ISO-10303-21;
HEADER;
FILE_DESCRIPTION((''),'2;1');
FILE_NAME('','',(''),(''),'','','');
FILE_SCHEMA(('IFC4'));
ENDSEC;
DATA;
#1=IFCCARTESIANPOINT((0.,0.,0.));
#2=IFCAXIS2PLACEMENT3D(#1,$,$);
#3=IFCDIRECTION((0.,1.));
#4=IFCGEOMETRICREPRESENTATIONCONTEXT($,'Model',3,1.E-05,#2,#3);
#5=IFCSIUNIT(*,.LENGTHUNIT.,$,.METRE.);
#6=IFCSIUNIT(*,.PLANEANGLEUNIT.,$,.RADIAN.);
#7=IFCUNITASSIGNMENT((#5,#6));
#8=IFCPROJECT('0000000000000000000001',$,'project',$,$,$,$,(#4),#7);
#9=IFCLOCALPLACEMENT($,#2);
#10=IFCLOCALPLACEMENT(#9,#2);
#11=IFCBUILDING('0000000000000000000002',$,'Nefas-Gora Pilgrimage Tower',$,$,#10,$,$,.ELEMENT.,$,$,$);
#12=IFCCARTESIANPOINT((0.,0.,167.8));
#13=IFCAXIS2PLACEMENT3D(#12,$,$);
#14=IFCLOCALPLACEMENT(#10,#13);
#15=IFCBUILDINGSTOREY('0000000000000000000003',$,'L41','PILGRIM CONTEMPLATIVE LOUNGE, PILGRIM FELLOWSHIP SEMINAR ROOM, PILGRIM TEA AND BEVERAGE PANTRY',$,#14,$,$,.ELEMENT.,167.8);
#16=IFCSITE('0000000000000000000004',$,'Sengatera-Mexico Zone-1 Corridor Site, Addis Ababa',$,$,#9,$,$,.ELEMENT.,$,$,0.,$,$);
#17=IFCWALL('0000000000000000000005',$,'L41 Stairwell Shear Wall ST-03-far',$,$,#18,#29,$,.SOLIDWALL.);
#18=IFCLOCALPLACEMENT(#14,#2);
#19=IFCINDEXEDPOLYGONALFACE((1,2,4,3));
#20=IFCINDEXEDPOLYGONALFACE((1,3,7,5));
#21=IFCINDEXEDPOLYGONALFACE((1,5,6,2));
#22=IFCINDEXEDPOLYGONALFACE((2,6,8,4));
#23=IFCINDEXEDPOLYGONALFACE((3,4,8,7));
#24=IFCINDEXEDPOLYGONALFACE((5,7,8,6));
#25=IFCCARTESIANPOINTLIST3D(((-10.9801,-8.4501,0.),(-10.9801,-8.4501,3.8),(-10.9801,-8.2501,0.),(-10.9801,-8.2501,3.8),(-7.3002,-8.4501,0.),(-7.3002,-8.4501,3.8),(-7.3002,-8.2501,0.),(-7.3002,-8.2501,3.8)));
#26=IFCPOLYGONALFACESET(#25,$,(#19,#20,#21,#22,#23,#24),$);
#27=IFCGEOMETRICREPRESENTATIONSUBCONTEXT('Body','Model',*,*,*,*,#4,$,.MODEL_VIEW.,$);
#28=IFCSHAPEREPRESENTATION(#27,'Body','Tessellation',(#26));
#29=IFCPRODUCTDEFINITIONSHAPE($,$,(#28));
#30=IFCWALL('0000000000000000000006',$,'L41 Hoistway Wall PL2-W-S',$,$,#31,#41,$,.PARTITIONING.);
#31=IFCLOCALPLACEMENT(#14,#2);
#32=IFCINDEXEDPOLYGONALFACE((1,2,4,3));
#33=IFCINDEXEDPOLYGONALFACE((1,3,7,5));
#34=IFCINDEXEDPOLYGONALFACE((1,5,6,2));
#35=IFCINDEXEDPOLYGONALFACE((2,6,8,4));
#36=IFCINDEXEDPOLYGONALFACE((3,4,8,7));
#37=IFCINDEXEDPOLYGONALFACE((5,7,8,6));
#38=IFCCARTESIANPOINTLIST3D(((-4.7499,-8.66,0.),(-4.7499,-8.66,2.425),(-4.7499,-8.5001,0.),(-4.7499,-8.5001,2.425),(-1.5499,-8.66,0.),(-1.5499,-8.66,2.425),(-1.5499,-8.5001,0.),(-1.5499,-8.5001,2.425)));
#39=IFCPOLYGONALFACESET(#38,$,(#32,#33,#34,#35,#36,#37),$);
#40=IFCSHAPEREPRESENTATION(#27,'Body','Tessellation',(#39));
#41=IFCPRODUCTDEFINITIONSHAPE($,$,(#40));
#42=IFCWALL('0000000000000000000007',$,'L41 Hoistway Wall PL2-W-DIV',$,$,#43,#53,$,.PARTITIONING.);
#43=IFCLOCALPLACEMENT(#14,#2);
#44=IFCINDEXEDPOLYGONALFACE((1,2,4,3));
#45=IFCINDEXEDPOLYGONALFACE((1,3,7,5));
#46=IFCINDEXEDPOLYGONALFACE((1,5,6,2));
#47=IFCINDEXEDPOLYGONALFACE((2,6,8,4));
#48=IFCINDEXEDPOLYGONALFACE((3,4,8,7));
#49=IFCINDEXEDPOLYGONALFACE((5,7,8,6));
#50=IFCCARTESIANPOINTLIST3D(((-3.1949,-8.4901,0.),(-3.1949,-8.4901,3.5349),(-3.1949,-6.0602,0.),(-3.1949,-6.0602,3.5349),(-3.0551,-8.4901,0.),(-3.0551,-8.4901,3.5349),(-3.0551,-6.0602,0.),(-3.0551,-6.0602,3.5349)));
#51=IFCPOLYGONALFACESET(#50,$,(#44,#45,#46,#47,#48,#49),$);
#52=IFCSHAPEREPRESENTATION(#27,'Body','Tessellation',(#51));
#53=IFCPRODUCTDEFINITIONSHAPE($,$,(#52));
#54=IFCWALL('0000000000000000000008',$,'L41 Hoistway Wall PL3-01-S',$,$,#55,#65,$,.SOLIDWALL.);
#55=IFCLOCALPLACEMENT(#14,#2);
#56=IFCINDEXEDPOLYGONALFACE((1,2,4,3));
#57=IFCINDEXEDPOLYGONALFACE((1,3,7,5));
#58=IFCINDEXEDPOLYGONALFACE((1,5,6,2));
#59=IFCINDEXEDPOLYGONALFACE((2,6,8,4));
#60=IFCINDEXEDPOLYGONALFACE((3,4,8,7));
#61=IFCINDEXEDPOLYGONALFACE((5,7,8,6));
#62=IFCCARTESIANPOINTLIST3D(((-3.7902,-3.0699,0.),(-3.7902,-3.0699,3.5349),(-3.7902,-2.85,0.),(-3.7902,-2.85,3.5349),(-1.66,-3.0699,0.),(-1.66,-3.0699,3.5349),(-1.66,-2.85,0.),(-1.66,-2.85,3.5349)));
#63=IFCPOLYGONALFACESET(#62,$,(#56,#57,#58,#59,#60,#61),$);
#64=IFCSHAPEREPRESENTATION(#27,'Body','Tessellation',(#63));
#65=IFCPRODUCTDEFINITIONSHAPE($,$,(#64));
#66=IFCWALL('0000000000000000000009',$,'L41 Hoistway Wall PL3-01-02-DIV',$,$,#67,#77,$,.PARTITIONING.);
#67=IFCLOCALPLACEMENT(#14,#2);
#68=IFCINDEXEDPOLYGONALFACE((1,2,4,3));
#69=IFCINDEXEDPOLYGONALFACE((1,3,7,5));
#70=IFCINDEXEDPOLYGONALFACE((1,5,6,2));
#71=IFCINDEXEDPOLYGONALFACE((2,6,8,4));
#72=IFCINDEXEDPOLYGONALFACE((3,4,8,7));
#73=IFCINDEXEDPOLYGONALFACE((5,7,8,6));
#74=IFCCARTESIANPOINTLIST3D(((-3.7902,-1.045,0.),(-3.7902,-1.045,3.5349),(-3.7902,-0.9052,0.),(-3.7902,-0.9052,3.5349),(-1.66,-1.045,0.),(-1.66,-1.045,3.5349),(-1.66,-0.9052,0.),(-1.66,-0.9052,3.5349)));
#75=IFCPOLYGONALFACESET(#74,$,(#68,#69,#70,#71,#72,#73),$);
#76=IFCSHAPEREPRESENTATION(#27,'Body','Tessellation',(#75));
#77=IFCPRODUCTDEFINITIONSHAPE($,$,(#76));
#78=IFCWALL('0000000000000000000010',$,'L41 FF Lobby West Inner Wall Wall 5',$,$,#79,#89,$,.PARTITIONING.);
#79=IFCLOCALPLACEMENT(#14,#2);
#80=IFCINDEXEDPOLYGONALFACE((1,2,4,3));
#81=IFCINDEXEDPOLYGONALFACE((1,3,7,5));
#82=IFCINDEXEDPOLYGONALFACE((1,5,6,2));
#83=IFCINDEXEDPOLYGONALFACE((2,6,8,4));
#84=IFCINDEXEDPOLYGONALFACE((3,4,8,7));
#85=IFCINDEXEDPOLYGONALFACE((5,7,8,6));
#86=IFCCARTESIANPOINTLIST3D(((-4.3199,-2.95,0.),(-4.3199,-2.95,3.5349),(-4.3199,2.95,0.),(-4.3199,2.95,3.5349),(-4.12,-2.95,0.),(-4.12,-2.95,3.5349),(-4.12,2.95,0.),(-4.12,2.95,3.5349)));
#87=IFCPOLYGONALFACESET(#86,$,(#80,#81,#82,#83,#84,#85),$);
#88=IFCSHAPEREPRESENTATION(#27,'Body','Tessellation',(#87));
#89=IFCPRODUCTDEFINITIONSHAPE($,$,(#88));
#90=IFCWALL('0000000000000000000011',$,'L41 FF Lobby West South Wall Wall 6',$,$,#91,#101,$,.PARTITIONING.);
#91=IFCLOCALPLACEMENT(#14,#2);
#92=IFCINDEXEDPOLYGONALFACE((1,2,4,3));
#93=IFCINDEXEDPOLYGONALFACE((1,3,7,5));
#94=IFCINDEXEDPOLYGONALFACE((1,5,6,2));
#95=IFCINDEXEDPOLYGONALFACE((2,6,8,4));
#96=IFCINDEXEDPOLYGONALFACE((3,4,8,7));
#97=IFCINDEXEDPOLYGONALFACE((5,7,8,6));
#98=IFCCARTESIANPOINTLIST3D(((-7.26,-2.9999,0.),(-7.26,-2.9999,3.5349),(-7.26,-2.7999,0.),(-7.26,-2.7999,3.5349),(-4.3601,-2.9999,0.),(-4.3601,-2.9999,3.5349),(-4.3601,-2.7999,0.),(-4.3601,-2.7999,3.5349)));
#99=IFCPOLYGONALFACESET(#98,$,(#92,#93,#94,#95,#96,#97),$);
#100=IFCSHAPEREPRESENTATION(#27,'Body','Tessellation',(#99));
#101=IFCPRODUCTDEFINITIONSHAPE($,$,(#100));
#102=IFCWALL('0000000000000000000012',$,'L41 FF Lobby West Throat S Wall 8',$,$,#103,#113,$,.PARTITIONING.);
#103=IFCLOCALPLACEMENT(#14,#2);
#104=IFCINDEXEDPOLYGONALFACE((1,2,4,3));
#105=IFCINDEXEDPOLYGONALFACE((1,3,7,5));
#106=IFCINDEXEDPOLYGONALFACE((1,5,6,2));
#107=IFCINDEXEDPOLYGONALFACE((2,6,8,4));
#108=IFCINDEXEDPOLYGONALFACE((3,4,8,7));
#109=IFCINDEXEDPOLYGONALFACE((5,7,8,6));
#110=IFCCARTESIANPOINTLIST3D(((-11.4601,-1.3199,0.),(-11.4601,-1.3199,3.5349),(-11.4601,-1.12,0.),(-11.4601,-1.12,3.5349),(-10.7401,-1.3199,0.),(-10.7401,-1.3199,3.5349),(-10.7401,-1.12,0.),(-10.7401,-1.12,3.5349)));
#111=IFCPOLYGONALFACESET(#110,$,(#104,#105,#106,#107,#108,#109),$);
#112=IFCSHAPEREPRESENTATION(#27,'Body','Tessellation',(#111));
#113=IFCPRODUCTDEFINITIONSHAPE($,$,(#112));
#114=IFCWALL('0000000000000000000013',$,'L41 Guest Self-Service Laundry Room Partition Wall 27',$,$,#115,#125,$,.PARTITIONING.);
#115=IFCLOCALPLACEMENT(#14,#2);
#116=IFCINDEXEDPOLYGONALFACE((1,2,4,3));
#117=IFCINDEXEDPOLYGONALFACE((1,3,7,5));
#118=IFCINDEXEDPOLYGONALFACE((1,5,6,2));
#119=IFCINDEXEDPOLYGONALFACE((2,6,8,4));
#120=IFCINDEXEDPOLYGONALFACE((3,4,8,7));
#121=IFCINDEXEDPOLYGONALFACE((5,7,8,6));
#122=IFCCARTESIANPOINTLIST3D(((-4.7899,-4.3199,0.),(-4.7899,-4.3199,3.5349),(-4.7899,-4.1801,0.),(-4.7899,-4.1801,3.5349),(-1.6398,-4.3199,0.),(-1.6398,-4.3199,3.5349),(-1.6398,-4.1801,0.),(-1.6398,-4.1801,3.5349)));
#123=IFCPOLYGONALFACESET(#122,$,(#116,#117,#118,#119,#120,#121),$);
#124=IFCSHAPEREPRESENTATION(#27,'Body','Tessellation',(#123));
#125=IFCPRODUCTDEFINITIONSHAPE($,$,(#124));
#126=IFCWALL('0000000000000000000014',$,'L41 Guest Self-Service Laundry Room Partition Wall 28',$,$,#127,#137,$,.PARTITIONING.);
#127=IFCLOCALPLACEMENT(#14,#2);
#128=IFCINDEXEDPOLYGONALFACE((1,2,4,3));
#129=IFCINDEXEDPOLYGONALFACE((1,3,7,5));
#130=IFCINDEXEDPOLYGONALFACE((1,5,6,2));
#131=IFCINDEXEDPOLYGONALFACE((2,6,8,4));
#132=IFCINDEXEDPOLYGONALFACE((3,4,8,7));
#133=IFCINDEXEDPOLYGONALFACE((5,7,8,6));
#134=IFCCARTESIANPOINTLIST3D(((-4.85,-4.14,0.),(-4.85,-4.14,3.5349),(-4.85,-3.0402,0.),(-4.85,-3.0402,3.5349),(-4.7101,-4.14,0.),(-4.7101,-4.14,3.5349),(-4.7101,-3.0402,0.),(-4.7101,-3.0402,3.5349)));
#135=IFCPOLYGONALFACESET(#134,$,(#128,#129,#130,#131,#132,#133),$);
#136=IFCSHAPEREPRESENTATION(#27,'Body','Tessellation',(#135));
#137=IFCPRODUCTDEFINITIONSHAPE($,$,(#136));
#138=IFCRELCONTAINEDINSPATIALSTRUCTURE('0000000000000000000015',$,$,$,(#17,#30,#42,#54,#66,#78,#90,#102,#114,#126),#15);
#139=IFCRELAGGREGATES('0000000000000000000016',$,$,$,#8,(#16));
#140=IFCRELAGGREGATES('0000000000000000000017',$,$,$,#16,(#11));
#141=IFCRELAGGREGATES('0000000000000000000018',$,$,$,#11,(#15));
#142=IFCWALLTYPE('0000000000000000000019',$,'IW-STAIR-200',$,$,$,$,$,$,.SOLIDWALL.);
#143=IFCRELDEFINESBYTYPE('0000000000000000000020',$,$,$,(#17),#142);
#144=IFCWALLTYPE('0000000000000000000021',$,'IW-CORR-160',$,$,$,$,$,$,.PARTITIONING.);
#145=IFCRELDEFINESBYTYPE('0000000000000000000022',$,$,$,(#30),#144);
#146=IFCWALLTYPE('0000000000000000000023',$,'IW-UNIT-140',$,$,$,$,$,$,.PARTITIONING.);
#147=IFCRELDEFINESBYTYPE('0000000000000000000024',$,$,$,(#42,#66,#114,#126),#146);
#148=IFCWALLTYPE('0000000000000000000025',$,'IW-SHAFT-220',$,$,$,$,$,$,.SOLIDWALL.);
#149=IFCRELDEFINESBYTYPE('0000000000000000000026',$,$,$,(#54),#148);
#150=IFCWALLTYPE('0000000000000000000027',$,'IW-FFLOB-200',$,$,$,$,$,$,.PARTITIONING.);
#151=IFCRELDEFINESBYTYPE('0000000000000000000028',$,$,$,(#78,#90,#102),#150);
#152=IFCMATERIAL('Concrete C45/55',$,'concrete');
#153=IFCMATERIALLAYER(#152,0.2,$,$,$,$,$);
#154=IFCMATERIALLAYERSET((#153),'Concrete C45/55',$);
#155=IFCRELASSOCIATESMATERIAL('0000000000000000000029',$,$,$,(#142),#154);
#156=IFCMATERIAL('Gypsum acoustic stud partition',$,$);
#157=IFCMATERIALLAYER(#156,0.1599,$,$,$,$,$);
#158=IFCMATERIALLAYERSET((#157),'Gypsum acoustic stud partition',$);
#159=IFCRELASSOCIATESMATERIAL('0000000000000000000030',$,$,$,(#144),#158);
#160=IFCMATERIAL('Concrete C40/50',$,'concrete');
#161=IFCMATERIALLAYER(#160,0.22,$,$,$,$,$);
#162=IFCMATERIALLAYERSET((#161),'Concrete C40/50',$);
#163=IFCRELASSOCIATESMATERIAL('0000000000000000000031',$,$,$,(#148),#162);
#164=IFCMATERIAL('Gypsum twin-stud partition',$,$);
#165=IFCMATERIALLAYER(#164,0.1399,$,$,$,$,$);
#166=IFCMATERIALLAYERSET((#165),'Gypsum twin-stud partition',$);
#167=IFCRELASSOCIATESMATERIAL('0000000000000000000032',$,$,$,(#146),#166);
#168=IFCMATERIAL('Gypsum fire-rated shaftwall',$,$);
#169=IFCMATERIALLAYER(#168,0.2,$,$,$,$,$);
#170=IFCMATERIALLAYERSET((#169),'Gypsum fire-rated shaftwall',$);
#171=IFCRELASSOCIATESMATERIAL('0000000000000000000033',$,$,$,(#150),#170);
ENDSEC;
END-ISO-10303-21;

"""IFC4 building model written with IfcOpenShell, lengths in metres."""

from ifc_helpers import new_model, si_unit, direction, frame, frame_2d, origin, place, context, subcontext, project, spatial, rectangle, extrude, source, transform, mapped, material, layer, layer_set, type_object, element, save


model = new_model("IFC4")

# Units and contexts
model_context = context("Model", 3, precision=1e-05, world=origin(), true_north=direction((0.0, 1.0)))
body_context = subcontext(model_context, "Body", "Model", "MODEL_VIEW")
ifc_project = project(units=[si_unit("LENGTHUNIT", "METRE"), si_unit("PLANEANGLEUNIT", "RADIAN")], contexts=[model_context])

# Site, building, storey
site_placement = place(None, origin())
site = spatial("IfcSite", under=ifc_project, at=site_placement, Name="Sengatera-Mexico Zone-1 Corridor Site, Addis Ababa", CompositionType="ELEMENT", RefElevation=0.0)
building_placement = place(site_placement, origin())
building = spatial("IfcBuilding", under=site, at=building_placement, Name="Nefas-Gora Pilgrimage Tower", CompositionType="ELEMENT")
storey_placement = place(building_placement, frame((0.0, 0.0, 167.8)))
storey = spatial("IfcBuildingStorey", under=building, at=storey_placement, Name="L41", Description="PILGRIM CONTEMPLATIVE LOUNGE, PILGRIM FELLOWSHIP SEMINAR ROOM, PILGRIM TEA AND BEVERAGE PANTRY", CompositionType="ELEMENT", Elevation=167.8)

# Shared definitions
ifc_material_1 = material(Name="Concrete C45/55", Category="concrete")
ifc_layer_1 = layer(ifc_material_1, 0.2)
ifc_layer_set_1 = layer_set([ifc_layer_1], Name="Concrete C45/55")
wall_type_1 = type_object("IfcWallType", Name="IW-STAIR-200", PredefinedType="SOLIDWALL", material=ifc_layer_set_1)

# Walls
shared_shape_1 = source(origin(), body_context, "Body", "SweptSolid", [
    extrude(rectangle(XDim=3.6799, YDim=0.2, at=frame_2d((1.8398, 0.0))), origin(), (0.0, 0.0, 1.0), 3.8),
])
wall_1_placement = place(storey_placement, frame((-10.98, -8.3501, 0.0), z_axis=(0.0, 0.0, 1.0), x_axis=(1.0, 0.0, 0.0)))
element("IfcWall", 1, at=wall_1_placement, inside=storey, type_object=wall_type_1, Name="L41 Stairwell Shear Wall ST-03-far", PredefinedType="SOLIDWALL", context=body_context, shape_type="MappedRepresentation", body=[
    mapped(shared_shape_1, transform((0.0, 0.0, 0.0), x_axis=(1.0, 0.0, 0.0), y_axis=(0.0, 1.0, 0.0), z_axis=(0.0, 0.0, 1.0), scale=1.0)),
])
ifc_material_2 = material(Name="Gypsum acoustic stud partition")
ifc_layer_2 = layer(ifc_material_2, 0.1599)
ifc_layer_set_2 = layer_set([ifc_layer_2], Name="Gypsum acoustic stud partition")
wall_type_2 = type_object("IfcWallType", Name="IW-CORR-160", PredefinedType="PARTITIONING", material=ifc_layer_set_2)
shared_shape_2 = source(origin(), body_context, "Body", "SweptSolid", [
    extrude(rectangle(XDim=3.2, YDim=0.1599, at=frame_2d((1.6001, 0.0))), origin(), (0.0, 0.0, 1.0), 2.425),
])
wall_2_placement = place(storey_placement, frame((-4.75, -8.5801, 0.0), z_axis=(0.0, 0.0, 1.0), x_axis=(1.0, 0.0, 0.0)))
element("IfcWall", 2, at=wall_2_placement, inside=storey, type_object=wall_type_2, Name="L41 Hoistway Wall PL2-W-S", PredefinedType="PARTITIONING", context=body_context, shape_type="MappedRepresentation", body=[
    mapped(shared_shape_2, transform((0.0, 0.0, 0.0), x_axis=(1.0, 0.0, 0.0), y_axis=(0.0, 1.0, 0.0), z_axis=(0.0, 0.0, 1.0), scale=1.0)),
])
ifc_material_3 = material(Name="Concrete C40/50", Category="concrete")
ifc_layer_3 = layer(ifc_material_3, 0.22)
ifc_layer_set_3 = layer_set([ifc_layer_3], Name="Concrete C40/50")
wall_type_3 = type_object("IfcWallType", Name="IW-SHAFT-220", PredefinedType="SOLIDWALL", material=ifc_layer_set_3)
ifc_material_4 = material(Name="Gypsum twin-stud partition")
ifc_layer_4 = layer(ifc_material_4, 0.1399)
ifc_layer_set_4 = layer_set([ifc_layer_4], Name="Gypsum twin-stud partition")
wall_type_4 = type_object("IfcWallType", Name="IW-UNIT-140", PredefinedType="PARTITIONING", material=ifc_layer_set_4)
shared_shape_3 = source(origin(), body_context, "Body", "SweptSolid", [
    extrude(rectangle(XDim=2.4299, YDim=0.1399, at=frame_2d((1.2148, 0.0))), origin(), (0.0, 0.0, 1.0), 3.5349),
])
wall_3_placement = place(storey_placement, frame((-3.125, -8.49, 0.0), z_axis=(0.0, 0.0, 1.0), x_axis=(0.0, 1.0, 0.0)))
element("IfcWall", 3, at=wall_3_placement, inside=storey, type_object=wall_type_4, Name="L41 Hoistway Wall PL2-W-DIV", PredefinedType="PARTITIONING", context=body_context, shape_type="MappedRepresentation", body=[
    mapped(shared_shape_3, transform((0.0, 0.0, 0.0), x_axis=(1.0, 0.0, 0.0), y_axis=(0.0, 1.0, 0.0), z_axis=(0.0, 0.0, 1.0), scale=1.0)),
])
shared_shape_4 = source(origin(), body_context, "Body", "SweptSolid", [
    extrude(rectangle(XDim=2.1301, YDim=0.22, at=frame_2d((1.0649, 0.0))), origin(), (0.0, 0.0, 1.0), 3.5349),
])
wall_4_placement = place(storey_placement, frame((-3.79, -2.96, 0.0), z_axis=(0.0, 0.0, 1.0), x_axis=(1.0, 0.0, 0.0)))
element("IfcWall", 4, at=wall_4_placement, inside=storey, type_object=wall_type_3, Name="L41 Hoistway Wall PL3-01-S", PredefinedType="SOLIDWALL", context=body_context, shape_type="MappedRepresentation", body=[
    mapped(shared_shape_4, transform((0.0, 0.0, 0.0), x_axis=(1.0, 0.0, 0.0), y_axis=(0.0, 1.0, 0.0), z_axis=(0.0, 0.0, 1.0), scale=1.0)),
])
shared_shape_5 = source(origin(), body_context, "Body", "SweptSolid", [
    extrude(rectangle(XDim=2.1301, YDim=0.1399, at=frame_2d((1.0649, 0.0))), origin(), (0.0, 0.0, 1.0), 3.5349),
])
wall_5_placement = place(storey_placement, frame((-3.79, -0.9751, 0.0), z_axis=(0.0, 0.0, 1.0), x_axis=(1.0, 0.0, 0.0)))
element("IfcWall", 5, at=wall_5_placement, inside=storey, type_object=wall_type_4, Name="L41 Hoistway Wall PL3-01-02-DIV", PredefinedType="PARTITIONING", context=body_context, shape_type="MappedRepresentation", body=[
    mapped(shared_shape_5, transform((0.0, 0.0, 0.0), x_axis=(1.0, 0.0, 0.0), y_axis=(0.0, 1.0, 0.0), z_axis=(0.0, 0.0, 1.0), scale=1.0)),
])

# Shared definitions
ifc_material_5 = material(Name="Gypsum fire-rated shaftwall")
ifc_layer_5 = layer(ifc_material_5, 0.2)
ifc_layer_set_5 = layer_set([ifc_layer_5], Name="Gypsum fire-rated shaftwall")
wall_type_5 = type_object("IfcWallType", Name="IW-FFLOB-200", PredefinedType="PARTITIONING", material=ifc_layer_set_5)

# Walls
shared_shape_6 = source(origin(), body_context, "Body", "SweptSolid", [
    extrude(rectangle(XDim=5.8999, YDim=0.2, at=frame_2d((2.95, 0.0))), origin(), (0.0, 0.0, 1.0), 3.5349),
])
wall_6_placement = place(storey_placement, frame((-4.22, -2.95, 0.0), z_axis=(0.0, 0.0, 1.0), x_axis=(0.0, 1.0, 0.0)))
element("IfcWall", 6, at=wall_6_placement, inside=storey, type_object=wall_type_5, Name="L41 FF Lobby West Inner Wall Wall 5", PredefinedType="PARTITIONING", context=body_context, shape_type="MappedRepresentation", body=[
    mapped(shared_shape_6, transform((0.0, 0.0, 0.0), x_axis=(1.0, 0.0, 0.0), y_axis=(0.0, 1.0, 0.0), z_axis=(0.0, 0.0, 1.0), scale=1.0)),
])
shared_shape_7 = source(origin(), body_context, "Body", "SweptSolid", [
    extrude(rectangle(XDim=2.8999, YDim=0.2, at=frame_2d((1.45, 0.0))), origin(), (0.0, 0.0, 1.0), 3.5349),
])
wall_7_placement = place(storey_placement, frame((-7.26, -2.8999, 0.0), z_axis=(0.0, 0.0, 1.0), x_axis=(1.0, 0.0, 0.0)))
element("IfcWall", 7, at=wall_7_placement, inside=storey, type_object=wall_type_5, Name="L41 FF Lobby West South Wall Wall 6", PredefinedType="PARTITIONING", context=body_context, shape_type="MappedRepresentation", body=[
    mapped(shared_shape_7, transform((0.0, 0.0, 0.0), x_axis=(1.0, 0.0, 0.0), y_axis=(0.0, 1.0, 0.0), z_axis=(0.0, 0.0, 1.0), scale=1.0)),
])
shared_shape_8 = source(origin(), body_context, "Body", "SweptSolid", [
    extrude(rectangle(XDim=0.72, YDim=0.2, at=frame_2d((0.3599, 0.0))), origin(), (0.0, 0.0, 1.0), 3.5349),
])
wall_8_placement = place(storey_placement, frame((-11.46, -1.22, 0.0), z_axis=(0.0, 0.0, 1.0), x_axis=(1.0, 0.0, 0.0)))
element("IfcWall", 8, at=wall_8_placement, inside=storey, type_object=wall_type_5, Name="L41 FF Lobby West Throat S Wall 8", PredefinedType="PARTITIONING", context=body_context, shape_type="MappedRepresentation", body=[
    mapped(shared_shape_8, transform((0.0, 0.0, 0.0), x_axis=(1.0, 0.0, 0.0), y_axis=(0.0, 1.0, 0.0), z_axis=(0.0, 0.0, 1.0), scale=1.0)),
])
shared_shape_9 = source(origin(), body_context, "Body", "SweptSolid", [
    extrude(rectangle(XDim=3.1501, YDim=0.1399, at=frame_2d((1.5752, 0.0))), origin(), (0.0, 0.0, 1.0), 3.5349),
])
wall_9_placement = place(storey_placement, frame((-4.79, -4.25, 0.0), z_axis=(0.0, 0.0, 1.0), x_axis=(1.0, 0.0, 0.0)))
element("IfcWall", 9, at=wall_9_placement, inside=storey, type_object=wall_type_4, Name="L41 Guest Self-Service Laundry Room Partition Wall 27", PredefinedType="PARTITIONING", context=body_context, shape_type="MappedRepresentation", body=[
    mapped(shared_shape_9, transform((0.0, 0.0, 0.0), x_axis=(1.0, 0.0, 0.0), y_axis=(0.0, 1.0, 0.0), z_axis=(0.0, 0.0, 1.0), scale=1.0)),
])
shared_shape_10 = source(origin(), body_context, "Body", "SweptSolid", [
    extrude(rectangle(XDim=1.0999, YDim=0.1399, at=frame_2d((0.5498, 0.0))), origin(), (0.0, 0.0, 1.0), 3.5349),
])
wall_10_placement = place(storey_placement, frame((-4.78, -4.1399, 0.0), z_axis=(0.0, 0.0, 1.0), x_axis=(0.0, 1.0, 0.0)))
element("IfcWall", 10, at=wall_10_placement, inside=storey, type_object=wall_type_4, Name="L41 Guest Self-Service Laundry Room Partition Wall 28", PredefinedType="PARTITIONING", context=body_context, shape_type="MappedRepresentation", body=[
    mapped(shared_shape_10, transform((0.0, 0.0, 0.0), x_axis=(1.0, 0.0, 0.0), y_axis=(0.0, 1.0, 0.0), z_axis=(0.0, 0.0, 1.0), scale=1.0)),
])

save(model, "model.ifc")
